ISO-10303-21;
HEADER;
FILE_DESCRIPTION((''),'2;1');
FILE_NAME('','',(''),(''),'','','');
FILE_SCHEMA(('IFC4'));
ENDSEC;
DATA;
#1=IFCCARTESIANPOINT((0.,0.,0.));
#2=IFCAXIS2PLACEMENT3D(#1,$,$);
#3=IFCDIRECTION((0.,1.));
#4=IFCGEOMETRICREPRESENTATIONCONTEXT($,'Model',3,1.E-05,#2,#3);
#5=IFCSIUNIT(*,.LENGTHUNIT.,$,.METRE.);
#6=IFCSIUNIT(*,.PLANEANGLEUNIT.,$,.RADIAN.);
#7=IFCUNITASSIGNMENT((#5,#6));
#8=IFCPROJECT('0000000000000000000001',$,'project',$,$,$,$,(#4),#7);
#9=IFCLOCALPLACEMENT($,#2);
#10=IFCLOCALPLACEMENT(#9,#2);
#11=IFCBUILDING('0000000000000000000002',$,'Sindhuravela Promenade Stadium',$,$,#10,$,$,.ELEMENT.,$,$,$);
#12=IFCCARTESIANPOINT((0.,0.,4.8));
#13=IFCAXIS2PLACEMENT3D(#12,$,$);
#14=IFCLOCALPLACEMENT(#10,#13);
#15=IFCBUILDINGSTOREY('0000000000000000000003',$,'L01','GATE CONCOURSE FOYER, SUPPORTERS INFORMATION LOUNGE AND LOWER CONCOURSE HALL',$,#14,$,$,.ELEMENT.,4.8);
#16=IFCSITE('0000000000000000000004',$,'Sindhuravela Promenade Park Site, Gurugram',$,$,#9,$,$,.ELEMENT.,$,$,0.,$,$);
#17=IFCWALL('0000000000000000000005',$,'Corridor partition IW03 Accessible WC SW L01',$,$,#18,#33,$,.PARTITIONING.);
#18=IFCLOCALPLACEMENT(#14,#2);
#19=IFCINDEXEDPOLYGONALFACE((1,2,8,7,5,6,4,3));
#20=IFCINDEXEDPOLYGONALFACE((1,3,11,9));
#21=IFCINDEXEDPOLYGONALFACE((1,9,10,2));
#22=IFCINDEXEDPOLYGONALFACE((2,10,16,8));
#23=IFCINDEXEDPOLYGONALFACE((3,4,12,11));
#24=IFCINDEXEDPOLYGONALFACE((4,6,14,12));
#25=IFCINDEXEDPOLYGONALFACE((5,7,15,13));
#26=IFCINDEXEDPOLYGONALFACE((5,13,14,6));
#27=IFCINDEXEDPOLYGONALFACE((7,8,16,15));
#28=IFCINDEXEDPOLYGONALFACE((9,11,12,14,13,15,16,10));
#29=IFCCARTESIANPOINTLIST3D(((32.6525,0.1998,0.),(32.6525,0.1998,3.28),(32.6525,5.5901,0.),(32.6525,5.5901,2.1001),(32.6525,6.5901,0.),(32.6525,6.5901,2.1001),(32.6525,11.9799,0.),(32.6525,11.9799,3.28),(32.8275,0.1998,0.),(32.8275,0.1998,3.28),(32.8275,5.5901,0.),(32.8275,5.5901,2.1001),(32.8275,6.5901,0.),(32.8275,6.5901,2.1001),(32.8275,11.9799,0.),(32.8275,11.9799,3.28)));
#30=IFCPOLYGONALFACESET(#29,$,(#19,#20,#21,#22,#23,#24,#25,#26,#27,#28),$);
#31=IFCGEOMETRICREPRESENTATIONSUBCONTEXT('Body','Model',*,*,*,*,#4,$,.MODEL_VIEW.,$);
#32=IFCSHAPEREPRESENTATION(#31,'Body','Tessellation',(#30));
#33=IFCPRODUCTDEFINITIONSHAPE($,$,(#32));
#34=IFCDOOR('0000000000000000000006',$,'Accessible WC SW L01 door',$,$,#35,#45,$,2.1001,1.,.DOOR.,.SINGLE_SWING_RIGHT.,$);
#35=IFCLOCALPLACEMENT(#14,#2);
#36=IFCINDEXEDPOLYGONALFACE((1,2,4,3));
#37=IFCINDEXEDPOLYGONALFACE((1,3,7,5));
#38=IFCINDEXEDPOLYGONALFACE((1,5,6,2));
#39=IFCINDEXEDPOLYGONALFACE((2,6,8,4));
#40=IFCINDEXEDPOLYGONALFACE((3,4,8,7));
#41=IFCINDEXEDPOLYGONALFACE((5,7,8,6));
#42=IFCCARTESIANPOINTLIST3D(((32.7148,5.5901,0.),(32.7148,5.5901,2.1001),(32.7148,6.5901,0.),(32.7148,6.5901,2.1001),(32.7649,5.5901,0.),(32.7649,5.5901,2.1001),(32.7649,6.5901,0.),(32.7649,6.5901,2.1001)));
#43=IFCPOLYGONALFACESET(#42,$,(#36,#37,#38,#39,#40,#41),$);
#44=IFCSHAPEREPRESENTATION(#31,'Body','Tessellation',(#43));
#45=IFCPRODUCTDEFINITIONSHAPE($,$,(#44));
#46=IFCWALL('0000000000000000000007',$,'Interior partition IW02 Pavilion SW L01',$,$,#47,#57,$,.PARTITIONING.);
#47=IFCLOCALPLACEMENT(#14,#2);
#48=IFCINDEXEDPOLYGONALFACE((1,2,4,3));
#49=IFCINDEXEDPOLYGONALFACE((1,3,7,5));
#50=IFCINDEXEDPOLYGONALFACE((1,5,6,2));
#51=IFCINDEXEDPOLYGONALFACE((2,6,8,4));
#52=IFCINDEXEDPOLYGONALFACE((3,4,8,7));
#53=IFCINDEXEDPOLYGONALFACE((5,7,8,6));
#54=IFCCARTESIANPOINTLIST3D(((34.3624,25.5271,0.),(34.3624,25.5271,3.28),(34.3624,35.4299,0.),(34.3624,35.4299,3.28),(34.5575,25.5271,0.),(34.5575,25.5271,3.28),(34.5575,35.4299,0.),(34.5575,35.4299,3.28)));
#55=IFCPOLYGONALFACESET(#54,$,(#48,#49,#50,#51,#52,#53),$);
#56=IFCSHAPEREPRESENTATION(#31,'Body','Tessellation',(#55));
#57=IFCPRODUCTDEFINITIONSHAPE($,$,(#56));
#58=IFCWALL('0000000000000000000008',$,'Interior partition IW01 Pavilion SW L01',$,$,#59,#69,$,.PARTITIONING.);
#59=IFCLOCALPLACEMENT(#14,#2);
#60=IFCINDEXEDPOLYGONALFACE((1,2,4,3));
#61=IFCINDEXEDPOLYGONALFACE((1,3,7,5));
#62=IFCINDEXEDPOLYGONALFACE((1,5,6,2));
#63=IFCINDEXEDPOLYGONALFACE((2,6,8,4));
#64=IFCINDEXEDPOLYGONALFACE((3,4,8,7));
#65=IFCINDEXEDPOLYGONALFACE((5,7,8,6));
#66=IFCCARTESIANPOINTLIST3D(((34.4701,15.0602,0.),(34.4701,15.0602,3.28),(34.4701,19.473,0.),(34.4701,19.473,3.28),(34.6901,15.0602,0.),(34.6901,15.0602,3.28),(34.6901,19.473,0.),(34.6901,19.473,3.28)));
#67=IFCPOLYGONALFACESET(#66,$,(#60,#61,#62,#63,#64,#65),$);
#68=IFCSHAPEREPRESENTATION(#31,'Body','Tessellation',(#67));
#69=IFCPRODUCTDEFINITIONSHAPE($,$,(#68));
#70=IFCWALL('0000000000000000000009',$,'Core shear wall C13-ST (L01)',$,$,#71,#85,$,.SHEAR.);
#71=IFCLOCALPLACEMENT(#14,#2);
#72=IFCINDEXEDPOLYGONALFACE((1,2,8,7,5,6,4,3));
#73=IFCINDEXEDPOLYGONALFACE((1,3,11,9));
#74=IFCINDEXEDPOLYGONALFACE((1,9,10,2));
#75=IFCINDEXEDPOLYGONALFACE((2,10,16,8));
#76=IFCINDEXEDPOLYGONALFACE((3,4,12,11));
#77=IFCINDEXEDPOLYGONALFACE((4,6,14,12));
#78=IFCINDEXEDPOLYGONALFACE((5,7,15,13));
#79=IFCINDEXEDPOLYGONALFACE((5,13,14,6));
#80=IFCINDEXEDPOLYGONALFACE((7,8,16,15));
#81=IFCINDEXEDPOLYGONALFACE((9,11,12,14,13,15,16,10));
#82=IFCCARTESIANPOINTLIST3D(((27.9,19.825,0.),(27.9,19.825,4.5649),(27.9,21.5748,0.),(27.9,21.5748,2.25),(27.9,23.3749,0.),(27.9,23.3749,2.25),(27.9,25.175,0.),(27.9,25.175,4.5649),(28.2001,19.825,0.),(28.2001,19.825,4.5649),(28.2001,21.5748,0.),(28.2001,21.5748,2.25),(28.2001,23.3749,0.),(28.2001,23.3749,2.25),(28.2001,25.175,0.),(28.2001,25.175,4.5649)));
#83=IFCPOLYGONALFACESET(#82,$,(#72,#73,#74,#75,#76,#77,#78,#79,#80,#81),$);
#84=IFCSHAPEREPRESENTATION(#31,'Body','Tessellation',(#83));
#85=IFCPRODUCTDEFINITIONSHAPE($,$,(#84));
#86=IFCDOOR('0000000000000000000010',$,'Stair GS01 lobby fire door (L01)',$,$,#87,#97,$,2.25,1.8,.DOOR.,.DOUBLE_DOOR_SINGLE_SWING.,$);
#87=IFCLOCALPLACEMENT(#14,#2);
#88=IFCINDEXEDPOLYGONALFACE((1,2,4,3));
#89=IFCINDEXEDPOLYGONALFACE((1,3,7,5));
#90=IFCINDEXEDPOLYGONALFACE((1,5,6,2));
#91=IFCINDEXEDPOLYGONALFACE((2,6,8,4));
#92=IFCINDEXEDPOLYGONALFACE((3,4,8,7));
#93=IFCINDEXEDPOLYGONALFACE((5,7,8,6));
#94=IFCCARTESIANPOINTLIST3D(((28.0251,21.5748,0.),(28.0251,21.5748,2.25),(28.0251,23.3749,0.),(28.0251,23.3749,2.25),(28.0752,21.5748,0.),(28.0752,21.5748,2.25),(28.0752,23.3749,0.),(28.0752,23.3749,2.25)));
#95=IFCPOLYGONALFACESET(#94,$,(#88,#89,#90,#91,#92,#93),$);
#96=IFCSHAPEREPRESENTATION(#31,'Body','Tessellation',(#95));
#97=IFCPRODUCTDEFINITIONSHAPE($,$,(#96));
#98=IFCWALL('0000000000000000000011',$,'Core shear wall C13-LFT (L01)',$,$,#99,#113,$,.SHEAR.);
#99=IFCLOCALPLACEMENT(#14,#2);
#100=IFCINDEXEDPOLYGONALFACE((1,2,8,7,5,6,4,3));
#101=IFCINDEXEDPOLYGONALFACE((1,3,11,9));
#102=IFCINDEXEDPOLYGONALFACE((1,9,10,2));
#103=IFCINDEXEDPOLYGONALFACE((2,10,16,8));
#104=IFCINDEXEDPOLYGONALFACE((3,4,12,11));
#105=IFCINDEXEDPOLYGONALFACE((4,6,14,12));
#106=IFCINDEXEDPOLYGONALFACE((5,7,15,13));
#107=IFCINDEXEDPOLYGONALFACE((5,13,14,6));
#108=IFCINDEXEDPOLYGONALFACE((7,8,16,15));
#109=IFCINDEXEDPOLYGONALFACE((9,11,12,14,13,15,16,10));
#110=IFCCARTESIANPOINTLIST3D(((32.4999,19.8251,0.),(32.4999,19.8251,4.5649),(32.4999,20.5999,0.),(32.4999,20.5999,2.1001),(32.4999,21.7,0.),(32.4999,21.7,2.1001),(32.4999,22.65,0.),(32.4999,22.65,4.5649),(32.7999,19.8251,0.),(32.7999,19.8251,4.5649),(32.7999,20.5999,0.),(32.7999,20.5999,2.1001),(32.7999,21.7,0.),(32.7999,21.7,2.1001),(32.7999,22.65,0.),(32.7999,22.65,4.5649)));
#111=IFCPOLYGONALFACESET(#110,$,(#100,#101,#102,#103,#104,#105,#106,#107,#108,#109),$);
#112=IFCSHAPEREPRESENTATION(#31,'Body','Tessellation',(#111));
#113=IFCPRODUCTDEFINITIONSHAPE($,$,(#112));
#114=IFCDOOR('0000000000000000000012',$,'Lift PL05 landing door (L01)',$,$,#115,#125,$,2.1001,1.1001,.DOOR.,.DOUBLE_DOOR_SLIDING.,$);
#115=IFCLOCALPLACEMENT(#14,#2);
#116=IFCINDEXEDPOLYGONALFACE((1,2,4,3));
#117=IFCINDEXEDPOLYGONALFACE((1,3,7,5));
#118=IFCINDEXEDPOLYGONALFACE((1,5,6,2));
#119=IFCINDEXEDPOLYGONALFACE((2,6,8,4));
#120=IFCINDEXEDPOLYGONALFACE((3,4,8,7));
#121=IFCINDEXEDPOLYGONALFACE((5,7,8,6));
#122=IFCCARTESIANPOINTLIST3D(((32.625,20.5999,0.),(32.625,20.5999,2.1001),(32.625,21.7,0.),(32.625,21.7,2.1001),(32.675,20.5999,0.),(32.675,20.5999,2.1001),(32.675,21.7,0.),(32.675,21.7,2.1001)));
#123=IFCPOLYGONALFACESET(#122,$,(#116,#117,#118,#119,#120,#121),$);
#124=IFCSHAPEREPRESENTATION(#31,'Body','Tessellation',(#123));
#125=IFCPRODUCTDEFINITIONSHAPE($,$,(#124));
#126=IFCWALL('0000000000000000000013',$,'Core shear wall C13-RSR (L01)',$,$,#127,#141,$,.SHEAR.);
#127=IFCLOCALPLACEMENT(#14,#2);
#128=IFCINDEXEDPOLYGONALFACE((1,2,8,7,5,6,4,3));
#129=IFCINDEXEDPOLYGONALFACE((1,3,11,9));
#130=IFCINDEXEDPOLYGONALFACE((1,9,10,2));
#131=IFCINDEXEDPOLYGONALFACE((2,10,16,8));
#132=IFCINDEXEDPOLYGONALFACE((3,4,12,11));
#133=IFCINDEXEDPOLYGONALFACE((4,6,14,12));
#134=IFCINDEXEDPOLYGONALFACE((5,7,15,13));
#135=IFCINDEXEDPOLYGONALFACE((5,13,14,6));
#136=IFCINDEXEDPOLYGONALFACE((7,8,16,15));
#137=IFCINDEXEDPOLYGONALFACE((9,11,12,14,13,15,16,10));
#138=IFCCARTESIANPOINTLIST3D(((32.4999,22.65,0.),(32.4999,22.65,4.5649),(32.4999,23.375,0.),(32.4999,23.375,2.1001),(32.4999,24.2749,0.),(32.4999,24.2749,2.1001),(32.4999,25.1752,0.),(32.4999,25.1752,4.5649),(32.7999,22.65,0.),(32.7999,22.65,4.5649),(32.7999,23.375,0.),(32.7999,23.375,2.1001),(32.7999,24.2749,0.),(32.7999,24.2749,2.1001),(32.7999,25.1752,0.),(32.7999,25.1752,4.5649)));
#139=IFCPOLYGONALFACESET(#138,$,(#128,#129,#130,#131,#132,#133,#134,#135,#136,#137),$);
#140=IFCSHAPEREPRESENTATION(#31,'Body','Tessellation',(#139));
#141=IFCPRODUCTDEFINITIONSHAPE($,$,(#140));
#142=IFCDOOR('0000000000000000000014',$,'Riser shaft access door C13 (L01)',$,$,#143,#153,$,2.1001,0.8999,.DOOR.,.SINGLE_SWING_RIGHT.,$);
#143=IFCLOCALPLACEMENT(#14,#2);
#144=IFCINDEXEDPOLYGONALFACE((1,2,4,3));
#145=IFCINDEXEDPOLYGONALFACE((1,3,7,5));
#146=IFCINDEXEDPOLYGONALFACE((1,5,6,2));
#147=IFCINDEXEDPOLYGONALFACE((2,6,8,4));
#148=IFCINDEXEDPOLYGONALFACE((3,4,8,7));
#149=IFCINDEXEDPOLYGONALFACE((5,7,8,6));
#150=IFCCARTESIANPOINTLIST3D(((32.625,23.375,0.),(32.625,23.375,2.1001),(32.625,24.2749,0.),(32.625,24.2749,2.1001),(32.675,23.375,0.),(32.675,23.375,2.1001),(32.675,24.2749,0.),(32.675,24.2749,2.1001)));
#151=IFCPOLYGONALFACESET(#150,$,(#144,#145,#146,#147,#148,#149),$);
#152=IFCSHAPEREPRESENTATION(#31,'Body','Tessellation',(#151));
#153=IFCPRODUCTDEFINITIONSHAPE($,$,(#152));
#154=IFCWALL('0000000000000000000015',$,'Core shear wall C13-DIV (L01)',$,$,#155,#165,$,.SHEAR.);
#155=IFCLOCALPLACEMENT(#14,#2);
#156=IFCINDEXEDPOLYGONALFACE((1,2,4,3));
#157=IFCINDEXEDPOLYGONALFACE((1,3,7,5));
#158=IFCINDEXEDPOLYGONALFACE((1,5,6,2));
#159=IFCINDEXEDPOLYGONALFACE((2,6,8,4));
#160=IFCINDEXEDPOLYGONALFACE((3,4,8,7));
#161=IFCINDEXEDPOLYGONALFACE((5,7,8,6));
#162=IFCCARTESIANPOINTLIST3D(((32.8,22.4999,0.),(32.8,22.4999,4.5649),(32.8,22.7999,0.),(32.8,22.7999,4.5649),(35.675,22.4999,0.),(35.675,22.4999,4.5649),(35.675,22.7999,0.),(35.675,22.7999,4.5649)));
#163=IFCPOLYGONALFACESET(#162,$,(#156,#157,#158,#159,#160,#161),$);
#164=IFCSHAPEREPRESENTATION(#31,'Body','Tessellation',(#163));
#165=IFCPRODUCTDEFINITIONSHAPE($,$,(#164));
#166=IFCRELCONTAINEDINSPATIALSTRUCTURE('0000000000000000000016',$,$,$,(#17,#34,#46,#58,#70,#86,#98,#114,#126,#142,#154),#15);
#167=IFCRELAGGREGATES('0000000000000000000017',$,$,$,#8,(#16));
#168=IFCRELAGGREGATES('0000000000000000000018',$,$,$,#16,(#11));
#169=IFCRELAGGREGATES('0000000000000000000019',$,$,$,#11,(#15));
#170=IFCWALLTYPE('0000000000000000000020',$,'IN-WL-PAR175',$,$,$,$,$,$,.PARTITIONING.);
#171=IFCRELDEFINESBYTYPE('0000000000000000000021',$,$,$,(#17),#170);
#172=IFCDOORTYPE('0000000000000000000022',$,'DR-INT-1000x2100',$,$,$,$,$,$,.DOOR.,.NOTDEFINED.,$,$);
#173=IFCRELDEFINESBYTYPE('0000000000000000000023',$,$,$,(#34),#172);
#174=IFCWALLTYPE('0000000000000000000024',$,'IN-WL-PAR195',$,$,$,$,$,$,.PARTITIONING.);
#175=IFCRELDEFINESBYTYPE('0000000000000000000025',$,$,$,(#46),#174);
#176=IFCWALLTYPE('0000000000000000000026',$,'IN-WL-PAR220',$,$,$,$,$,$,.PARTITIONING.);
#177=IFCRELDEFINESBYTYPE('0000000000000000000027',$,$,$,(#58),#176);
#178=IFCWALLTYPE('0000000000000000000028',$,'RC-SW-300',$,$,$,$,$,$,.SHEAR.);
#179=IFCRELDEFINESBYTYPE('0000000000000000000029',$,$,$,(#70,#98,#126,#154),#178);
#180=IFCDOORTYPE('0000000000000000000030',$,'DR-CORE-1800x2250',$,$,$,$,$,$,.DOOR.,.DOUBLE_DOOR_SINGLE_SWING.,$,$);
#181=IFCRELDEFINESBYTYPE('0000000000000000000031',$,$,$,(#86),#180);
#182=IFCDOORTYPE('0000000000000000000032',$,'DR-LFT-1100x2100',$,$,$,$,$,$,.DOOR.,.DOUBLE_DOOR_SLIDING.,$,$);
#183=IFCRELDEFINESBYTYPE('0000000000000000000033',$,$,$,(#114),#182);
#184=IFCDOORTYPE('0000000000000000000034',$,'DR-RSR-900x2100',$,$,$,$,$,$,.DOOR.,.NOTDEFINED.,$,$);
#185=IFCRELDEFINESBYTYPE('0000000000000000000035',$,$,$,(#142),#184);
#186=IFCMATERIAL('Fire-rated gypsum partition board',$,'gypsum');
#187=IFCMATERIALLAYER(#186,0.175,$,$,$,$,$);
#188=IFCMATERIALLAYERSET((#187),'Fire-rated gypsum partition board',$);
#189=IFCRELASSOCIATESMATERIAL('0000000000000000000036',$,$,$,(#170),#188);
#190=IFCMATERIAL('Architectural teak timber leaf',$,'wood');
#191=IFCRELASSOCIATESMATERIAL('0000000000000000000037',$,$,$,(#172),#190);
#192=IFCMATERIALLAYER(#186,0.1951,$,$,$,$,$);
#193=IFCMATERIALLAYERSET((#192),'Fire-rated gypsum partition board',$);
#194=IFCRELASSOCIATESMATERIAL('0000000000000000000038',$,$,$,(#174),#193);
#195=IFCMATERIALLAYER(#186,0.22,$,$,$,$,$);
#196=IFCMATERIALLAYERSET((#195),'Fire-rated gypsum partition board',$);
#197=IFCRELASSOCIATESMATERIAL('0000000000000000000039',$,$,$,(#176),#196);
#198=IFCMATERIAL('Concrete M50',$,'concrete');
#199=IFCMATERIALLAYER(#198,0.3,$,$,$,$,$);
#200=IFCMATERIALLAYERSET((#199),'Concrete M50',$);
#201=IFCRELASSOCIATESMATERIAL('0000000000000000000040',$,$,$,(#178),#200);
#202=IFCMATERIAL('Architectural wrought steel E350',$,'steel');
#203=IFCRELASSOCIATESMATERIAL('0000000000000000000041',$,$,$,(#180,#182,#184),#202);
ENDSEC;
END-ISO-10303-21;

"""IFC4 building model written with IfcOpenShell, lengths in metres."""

from ifc_helpers import new_model, si_unit, direction, frame, frame_2d, origin, place, context, subcontext, project, spatial, rectangle, extrude, material, layer, layer_set, type_object, element, fill, save


model = new_model("IFC4")

# Units and contexts
model_context = context("Model", 3, precision=1e-05, world=origin(), true_north=direction((0.0, 1.0)))
body_context = subcontext(model_context, "Body", "Model", "MODEL_VIEW")
ifc_project = project(units=[si_unit("LENGTHUNIT", "METRE"), si_unit("PLANEANGLEUNIT", "RADIAN")], contexts=[model_context])

# Site, building, storey
site_placement = place(None, origin())
site = spatial("IfcSite", under=ifc_project, at=site_placement, Name="Sindhuravela Promenade Park Site, Gurugram", CompositionType="ELEMENT", RefElevation=0.0)
building_placement = place(site_placement, origin())
building = spatial("IfcBuilding", under=site, at=building_placement, Name="Sindhuravela Promenade Stadium", CompositionType="ELEMENT")
storey_placement = place(building_placement, frame((0.0, 0.0, 4.8)))
storey = spatial("IfcBuildingStorey", under=building, at=storey_placement, Name="L01", Description="GATE CONCOURSE FOYER, SUPPORTERS INFORMATION LOUNGE AND LOWER CONCOURSE HALL", CompositionType="ELEMENT", Elevation=4.8)

# Shared definitions
ifc_material_1 = material(Name="Fire-rated gypsum partition board", Category="gypsum")

# Wall, opening, door
ifc_layer_1 = layer(ifc_material_1, 0.175)
ifc_layer_set_1 = layer_set([ifc_layer_1], Name="Fire-rated gypsum partition board")
wall_type_1 = type_object("IfcWallType", Name="IN-WL-PAR175", PredefinedType="PARTITIONING", material=ifc_layer_set_1)
ifc_material_2 = material(Name="Architectural teak timber leaf", Category="wood")
wall_1_placement = place(storey_placement, frame((32.74, 11.98, 0.0), z_axis=(0.0, 0.0, 1.0), x_axis=(0.0, -1.0, 0.0)))
wall_1 = element("IfcWall", 1, at=wall_1_placement, inside=storey, type_object=wall_type_1, Name="Corridor partition IW03 Accessible WC SW L01", PredefinedType="PARTITIONING", context=body_context, shape_type="SweptSolid", body=[
    extrude(rectangle(XDim=11.78, YDim=0.175, at=frame_2d((5.8901, 0.0))), origin(), (0.0, 0.0, 1.0), 3.28),
])
opening_1_placement = place(wall_1_placement, frame((5.3899, 0.0, 0.0)))
opening_1 = element("IfcOpeningElement", 2, at=opening_1_placement, cuts=wall_1, PredefinedType="OPENING", context=body_context, shape_type="SweptSolid", body=[
    extrude(rectangle(XDim=1.0, YDim=2.1001, at=frame_2d((0.5, 1.05))), frame((0.0, 0.0974, 0.0), z_axis=(0.0, -1.0, 0.0), x_axis=(1.0, 0.0, 0.0)), (0.0, 0.0, 1.0), 0.1951),
])
door_type_1 = type_object("IfcDoorType", Name="DR-INT-1000x2100", OperationType="NOTDEFINED", PredefinedType="DOOR", material=ifc_material_2)
door_1_placement = place(opening_1_placement, origin())
door_1 = element("IfcDoor", 3, at=door_1_placement, inside=storey, type_object=door_type_1, Name="Accessible WC SW L01 door", OperationType="SINGLE_SWING_RIGHT", OverallHeight=2.1001, OverallWidth=1.0, PredefinedType="DOOR", context=body_context, shape_type="SweptSolid", body=[
    extrude(rectangle(XDim=1.0, YDim=2.1001, at=frame_2d((0.5, 1.05))), frame((0.0, 0.0249, 0.0), z_axis=(0.0, -1.0, 0.0), x_axis=(1.0, 0.0, 0.0)), (0.0, 0.0, 1.0), 0.05),
])
fill(opening_1, door_1)

# Walls
ifc_layer_2 = layer(ifc_material_1, 0.1951)
ifc_layer_set_2 = layer_set([ifc_layer_2], Name="Fire-rated gypsum partition board")
wall_type_2 = type_object("IfcWallType", Name="IN-WL-PAR195", PredefinedType="PARTITIONING", material=ifc_layer_set_2)
wall_2_placement = place(storey_placement, frame((34.46, 25.5271, 0.0), z_axis=(0.0, 0.0, 1.0), x_axis=(0.0, 1.0, 0.0)))
element("IfcWall", 4, at=wall_2_placement, inside=storey, type_object=wall_type_2, Name="Interior partition IW02 Pavilion SW L01", PredefinedType="PARTITIONING", context=body_context, shape_type="SweptSolid", body=[
    extrude(rectangle(XDim=9.9028, YDim=0.1951, at=frame_2d((4.9514, 0.0))), origin(), (0.0, 0.0, 1.0), 3.28),
])
ifc_layer_3 = layer(ifc_material_1, 0.22)
ifc_layer_set_3 = layer_set([ifc_layer_3], Name="Fire-rated gypsum partition board")
wall_type_3 = type_object("IfcWallType", Name="IN-WL-PAR220", PredefinedType="PARTITIONING", material=ifc_layer_set_3)
wall_3_placement = place(storey_placement, frame((34.5801, 15.0601, 0.0), z_axis=(0.0, 0.0, 1.0), x_axis=(0.0, 1.0, 0.0)))
element("IfcWall", 5, at=wall_3_placement, inside=storey, type_object=wall_type_3, Name="Interior partition IW01 Pavilion SW L01", PredefinedType="PARTITIONING", context=body_context, shape_type="SweptSolid", body=[
    extrude(rectangle(XDim=4.4128, YDim=0.22, at=frame_2d((2.2065, 0.0))), origin(), (0.0, 0.0, 1.0), 3.28),
])

# Walls, openings, doors
ifc_material_3 = material(Name="Concrete M50", Category="concrete")
ifc_layer_4 = layer(ifc_material_3, 0.3)
ifc_layer_set_4 = layer_set([ifc_layer_4], Name="Concrete M50")
wall_type_4 = type_object("IfcWallType", Name="RC-SW-300", PredefinedType="SHEAR", material=ifc_layer_set_4)
wall_4_placement = place(storey_placement, frame((28.05, 19.825, 0.0), z_axis=(0.0, 0.0, 1.0), x_axis=(0.0, 1.0, 0.0)))
wall_4 = element("IfcWall", 6, at=wall_4_placement, inside=storey, type_object=wall_type_4, Name="Core shear wall C13-ST (L01)", PredefinedType="SHEAR", context=body_context, shape_type="SweptSolid", body=[
    extrude(rectangle(XDim=5.3501, YDim=0.3, at=frame_2d((2.675, 0.0))), origin(), (0.0, 0.0, 1.0), 4.5649),
])
opening_2_placement = place(wall_4_placement, frame((1.75, 0.0, 0.0)))
opening_2 = element("IfcOpeningElement", 7, at=opening_2_placement, cuts=wall_4, PredefinedType="OPENING", context=body_context, shape_type="SweptSolid", body=[
    extrude(rectangle(XDim=1.8, YDim=2.25, at=frame_2d((0.8999, 1.125))), frame((0.0, 0.1599, 0.0), z_axis=(0.0, -1.0, 0.0), x_axis=(1.0, 0.0, 0.0)), (0.0, 0.0, 1.0), 0.3201),
])
ifc_material_4 = material(Name="Architectural wrought steel E350", Category="steel")
door_type_2 = type_object("IfcDoorType", Name="DR-CORE-1800x2250", OperationType="DOUBLE_DOOR_SINGLE_SWING", PredefinedType="DOOR", material=ifc_material_4)
door_2_placement = place(opening_2_placement, origin())
door_2 = element("IfcDoor", 8, at=door_2_placement, inside=storey, type_object=door_type_2, Name="Stair GS01 lobby fire door (L01)", OperationType="DOUBLE_DOOR_SINGLE_SWING", OverallHeight=2.25, OverallWidth=1.8, PredefinedType="DOOR", context=body_context, shape_type="SweptSolid", body=[
    extrude(rectangle(XDim=1.8, YDim=2.25, at=frame_2d((0.8999, 1.125))), frame((0.0, 0.0249, 0.0), z_axis=(0.0, -1.0, 0.0), x_axis=(1.0, 0.0, 0.0)), (0.0, 0.0, 1.0), 0.05),
])
fill(opening_2, door_2)
wall_5_placement = place(storey_placement, frame((32.6499, 19.825, 0.0), z_axis=(0.0, 0.0, 1.0), x_axis=(0.0, 1.0, 0.0)))
wall_5 = element("IfcWall", 9, at=wall_5_placement, inside=storey, type_object=wall_type_4, Name="Core shear wall C13-LFT (L01)", PredefinedType="SHEAR", context=body_context, shape_type="SweptSolid", body=[
    extrude(rectangle(XDim=2.825, YDim=0.3, at=frame_2d((1.4126, 0.0))), origin(), (0.0, 0.0, 1.0), 4.5649),
])
opening_3_placement = place(wall_5_placement, frame((0.7749, 0.0, 0.0)))
opening_3 = element("IfcOpeningElement", 10, at=opening_3_placement, cuts=wall_5, PredefinedType="OPENING", context=body_context, shape_type="SweptSolid", body=[
    extrude(rectangle(XDim=1.1001, YDim=2.1001, at=frame_2d((0.55, 1.05))), frame((0.0, 0.1599, 0.0), z_axis=(0.0, -1.0, 0.0), x_axis=(1.0, 0.0, 0.0)), (0.0, 0.0, 1.0), 0.3201),
])
door_type_3 = type_object("IfcDoorType", Name="DR-LFT-1100x2100", OperationType="DOUBLE_DOOR_SLIDING", PredefinedType="DOOR", material=ifc_material_4)
door_3_placement = place(opening_3_placement, origin())
door_3 = element("IfcDoor", 11, at=door_3_placement, inside=storey, type_object=door_type_3, Name="Lift PL05 landing door (L01)", OperationType="DOUBLE_DOOR_SLIDING", OverallHeight=2.1001, OverallWidth=1.1001, PredefinedType="DOOR", context=body_context, shape_type="SweptSolid", body=[
    extrude(rectangle(XDim=1.1001, YDim=2.1001, at=frame_2d((0.55, 1.05))), frame((0.0, 0.0249, 0.0), z_axis=(0.0, -1.0, 0.0), x_axis=(1.0, 0.0, 0.0)), (0.0, 0.0, 1.0), 0.05),
])
fill(opening_3, door_3)
wall_6_placement = place(storey_placement, frame((32.6499, 22.6499, 0.0), z_axis=(0.0, 0.0, 1.0), x_axis=(0.0, 1.0, 0.0)))
wall_6 = element("IfcWall", 12, at=wall_6_placement, inside=storey, type_object=wall_type_4, Name="Core shear wall C13-RSR (L01)", PredefinedType="SHEAR", context=body_context, shape_type="SweptSolid", body=[
    extrude(rectangle(XDim=2.5251, YDim=0.3, at=frame_2d((1.2627, 0.0))), origin(), (0.0, 0.0, 1.0), 4.5649),
])
opening_4_placement = place(wall_6_placement, frame((0.7251, 0.0, 0.0)))
opening_4 = element("IfcOpeningElement", 13, at=opening_4_placement, cuts=wall_6, PredefinedType="OPENING", context=body_context, shape_type="SweptSolid", body=[
    extrude(rectangle(XDim=0.8999, YDim=2.1001, at=frame_2d((0.45, 1.05))), frame((0.0, 0.1599, 0.0), z_axis=(0.0, -1.0, 0.0), x_axis=(1.0, 0.0, 0.0)), (0.0, 0.0, 1.0), 0.3201),
])
door_type_4 = type_object("IfcDoorType", Name="DR-RSR-900x2100", OperationType="NOTDEFINED", PredefinedType="DOOR", material=ifc_material_4)
door_4_placement = place(opening_4_placement, origin())
door_4 = element("IfcDoor", 14, at=door_4_placement, inside=storey, type_object=door_type_4, Name="Riser shaft access door C13 (L01)", OperationType="SINGLE_SWING_RIGHT", OverallHeight=2.1001, OverallWidth=0.8999, PredefinedType="DOOR", context=body_context, shape_type="SweptSolid", body=[
    extrude(rectangle(XDim=0.8999, YDim=2.1001, at=frame_2d((0.45, 1.05))), frame((0.0, 0.0249, 0.0), z_axis=(0.0, -1.0, 0.0), x_axis=(1.0, 0.0, 0.0)), (0.0, 0.0, 1.0), 0.05),
])
fill(opening_4, door_4)

# Wall
wall_7_placement = place(storey_placement, frame((32.8, 22.6499, 0.0), z_axis=(0.0, 0.0, 1.0), x_axis=(1.0, 0.0, 0.0)))
element("IfcWall", 15, at=wall_7_placement, inside=storey, type_object=wall_type_4, Name="Core shear wall C13-DIV (L01)", PredefinedType="SHEAR", context=body_context, shape_type="SweptSolid", body=[
    extrude(rectangle(XDim=2.875, YDim=0.3, at=frame_2d((1.4375, 0.0))), origin(), (0.0, 0.0, 1.0), 4.5649),
])

save(model, "model.ifc")
